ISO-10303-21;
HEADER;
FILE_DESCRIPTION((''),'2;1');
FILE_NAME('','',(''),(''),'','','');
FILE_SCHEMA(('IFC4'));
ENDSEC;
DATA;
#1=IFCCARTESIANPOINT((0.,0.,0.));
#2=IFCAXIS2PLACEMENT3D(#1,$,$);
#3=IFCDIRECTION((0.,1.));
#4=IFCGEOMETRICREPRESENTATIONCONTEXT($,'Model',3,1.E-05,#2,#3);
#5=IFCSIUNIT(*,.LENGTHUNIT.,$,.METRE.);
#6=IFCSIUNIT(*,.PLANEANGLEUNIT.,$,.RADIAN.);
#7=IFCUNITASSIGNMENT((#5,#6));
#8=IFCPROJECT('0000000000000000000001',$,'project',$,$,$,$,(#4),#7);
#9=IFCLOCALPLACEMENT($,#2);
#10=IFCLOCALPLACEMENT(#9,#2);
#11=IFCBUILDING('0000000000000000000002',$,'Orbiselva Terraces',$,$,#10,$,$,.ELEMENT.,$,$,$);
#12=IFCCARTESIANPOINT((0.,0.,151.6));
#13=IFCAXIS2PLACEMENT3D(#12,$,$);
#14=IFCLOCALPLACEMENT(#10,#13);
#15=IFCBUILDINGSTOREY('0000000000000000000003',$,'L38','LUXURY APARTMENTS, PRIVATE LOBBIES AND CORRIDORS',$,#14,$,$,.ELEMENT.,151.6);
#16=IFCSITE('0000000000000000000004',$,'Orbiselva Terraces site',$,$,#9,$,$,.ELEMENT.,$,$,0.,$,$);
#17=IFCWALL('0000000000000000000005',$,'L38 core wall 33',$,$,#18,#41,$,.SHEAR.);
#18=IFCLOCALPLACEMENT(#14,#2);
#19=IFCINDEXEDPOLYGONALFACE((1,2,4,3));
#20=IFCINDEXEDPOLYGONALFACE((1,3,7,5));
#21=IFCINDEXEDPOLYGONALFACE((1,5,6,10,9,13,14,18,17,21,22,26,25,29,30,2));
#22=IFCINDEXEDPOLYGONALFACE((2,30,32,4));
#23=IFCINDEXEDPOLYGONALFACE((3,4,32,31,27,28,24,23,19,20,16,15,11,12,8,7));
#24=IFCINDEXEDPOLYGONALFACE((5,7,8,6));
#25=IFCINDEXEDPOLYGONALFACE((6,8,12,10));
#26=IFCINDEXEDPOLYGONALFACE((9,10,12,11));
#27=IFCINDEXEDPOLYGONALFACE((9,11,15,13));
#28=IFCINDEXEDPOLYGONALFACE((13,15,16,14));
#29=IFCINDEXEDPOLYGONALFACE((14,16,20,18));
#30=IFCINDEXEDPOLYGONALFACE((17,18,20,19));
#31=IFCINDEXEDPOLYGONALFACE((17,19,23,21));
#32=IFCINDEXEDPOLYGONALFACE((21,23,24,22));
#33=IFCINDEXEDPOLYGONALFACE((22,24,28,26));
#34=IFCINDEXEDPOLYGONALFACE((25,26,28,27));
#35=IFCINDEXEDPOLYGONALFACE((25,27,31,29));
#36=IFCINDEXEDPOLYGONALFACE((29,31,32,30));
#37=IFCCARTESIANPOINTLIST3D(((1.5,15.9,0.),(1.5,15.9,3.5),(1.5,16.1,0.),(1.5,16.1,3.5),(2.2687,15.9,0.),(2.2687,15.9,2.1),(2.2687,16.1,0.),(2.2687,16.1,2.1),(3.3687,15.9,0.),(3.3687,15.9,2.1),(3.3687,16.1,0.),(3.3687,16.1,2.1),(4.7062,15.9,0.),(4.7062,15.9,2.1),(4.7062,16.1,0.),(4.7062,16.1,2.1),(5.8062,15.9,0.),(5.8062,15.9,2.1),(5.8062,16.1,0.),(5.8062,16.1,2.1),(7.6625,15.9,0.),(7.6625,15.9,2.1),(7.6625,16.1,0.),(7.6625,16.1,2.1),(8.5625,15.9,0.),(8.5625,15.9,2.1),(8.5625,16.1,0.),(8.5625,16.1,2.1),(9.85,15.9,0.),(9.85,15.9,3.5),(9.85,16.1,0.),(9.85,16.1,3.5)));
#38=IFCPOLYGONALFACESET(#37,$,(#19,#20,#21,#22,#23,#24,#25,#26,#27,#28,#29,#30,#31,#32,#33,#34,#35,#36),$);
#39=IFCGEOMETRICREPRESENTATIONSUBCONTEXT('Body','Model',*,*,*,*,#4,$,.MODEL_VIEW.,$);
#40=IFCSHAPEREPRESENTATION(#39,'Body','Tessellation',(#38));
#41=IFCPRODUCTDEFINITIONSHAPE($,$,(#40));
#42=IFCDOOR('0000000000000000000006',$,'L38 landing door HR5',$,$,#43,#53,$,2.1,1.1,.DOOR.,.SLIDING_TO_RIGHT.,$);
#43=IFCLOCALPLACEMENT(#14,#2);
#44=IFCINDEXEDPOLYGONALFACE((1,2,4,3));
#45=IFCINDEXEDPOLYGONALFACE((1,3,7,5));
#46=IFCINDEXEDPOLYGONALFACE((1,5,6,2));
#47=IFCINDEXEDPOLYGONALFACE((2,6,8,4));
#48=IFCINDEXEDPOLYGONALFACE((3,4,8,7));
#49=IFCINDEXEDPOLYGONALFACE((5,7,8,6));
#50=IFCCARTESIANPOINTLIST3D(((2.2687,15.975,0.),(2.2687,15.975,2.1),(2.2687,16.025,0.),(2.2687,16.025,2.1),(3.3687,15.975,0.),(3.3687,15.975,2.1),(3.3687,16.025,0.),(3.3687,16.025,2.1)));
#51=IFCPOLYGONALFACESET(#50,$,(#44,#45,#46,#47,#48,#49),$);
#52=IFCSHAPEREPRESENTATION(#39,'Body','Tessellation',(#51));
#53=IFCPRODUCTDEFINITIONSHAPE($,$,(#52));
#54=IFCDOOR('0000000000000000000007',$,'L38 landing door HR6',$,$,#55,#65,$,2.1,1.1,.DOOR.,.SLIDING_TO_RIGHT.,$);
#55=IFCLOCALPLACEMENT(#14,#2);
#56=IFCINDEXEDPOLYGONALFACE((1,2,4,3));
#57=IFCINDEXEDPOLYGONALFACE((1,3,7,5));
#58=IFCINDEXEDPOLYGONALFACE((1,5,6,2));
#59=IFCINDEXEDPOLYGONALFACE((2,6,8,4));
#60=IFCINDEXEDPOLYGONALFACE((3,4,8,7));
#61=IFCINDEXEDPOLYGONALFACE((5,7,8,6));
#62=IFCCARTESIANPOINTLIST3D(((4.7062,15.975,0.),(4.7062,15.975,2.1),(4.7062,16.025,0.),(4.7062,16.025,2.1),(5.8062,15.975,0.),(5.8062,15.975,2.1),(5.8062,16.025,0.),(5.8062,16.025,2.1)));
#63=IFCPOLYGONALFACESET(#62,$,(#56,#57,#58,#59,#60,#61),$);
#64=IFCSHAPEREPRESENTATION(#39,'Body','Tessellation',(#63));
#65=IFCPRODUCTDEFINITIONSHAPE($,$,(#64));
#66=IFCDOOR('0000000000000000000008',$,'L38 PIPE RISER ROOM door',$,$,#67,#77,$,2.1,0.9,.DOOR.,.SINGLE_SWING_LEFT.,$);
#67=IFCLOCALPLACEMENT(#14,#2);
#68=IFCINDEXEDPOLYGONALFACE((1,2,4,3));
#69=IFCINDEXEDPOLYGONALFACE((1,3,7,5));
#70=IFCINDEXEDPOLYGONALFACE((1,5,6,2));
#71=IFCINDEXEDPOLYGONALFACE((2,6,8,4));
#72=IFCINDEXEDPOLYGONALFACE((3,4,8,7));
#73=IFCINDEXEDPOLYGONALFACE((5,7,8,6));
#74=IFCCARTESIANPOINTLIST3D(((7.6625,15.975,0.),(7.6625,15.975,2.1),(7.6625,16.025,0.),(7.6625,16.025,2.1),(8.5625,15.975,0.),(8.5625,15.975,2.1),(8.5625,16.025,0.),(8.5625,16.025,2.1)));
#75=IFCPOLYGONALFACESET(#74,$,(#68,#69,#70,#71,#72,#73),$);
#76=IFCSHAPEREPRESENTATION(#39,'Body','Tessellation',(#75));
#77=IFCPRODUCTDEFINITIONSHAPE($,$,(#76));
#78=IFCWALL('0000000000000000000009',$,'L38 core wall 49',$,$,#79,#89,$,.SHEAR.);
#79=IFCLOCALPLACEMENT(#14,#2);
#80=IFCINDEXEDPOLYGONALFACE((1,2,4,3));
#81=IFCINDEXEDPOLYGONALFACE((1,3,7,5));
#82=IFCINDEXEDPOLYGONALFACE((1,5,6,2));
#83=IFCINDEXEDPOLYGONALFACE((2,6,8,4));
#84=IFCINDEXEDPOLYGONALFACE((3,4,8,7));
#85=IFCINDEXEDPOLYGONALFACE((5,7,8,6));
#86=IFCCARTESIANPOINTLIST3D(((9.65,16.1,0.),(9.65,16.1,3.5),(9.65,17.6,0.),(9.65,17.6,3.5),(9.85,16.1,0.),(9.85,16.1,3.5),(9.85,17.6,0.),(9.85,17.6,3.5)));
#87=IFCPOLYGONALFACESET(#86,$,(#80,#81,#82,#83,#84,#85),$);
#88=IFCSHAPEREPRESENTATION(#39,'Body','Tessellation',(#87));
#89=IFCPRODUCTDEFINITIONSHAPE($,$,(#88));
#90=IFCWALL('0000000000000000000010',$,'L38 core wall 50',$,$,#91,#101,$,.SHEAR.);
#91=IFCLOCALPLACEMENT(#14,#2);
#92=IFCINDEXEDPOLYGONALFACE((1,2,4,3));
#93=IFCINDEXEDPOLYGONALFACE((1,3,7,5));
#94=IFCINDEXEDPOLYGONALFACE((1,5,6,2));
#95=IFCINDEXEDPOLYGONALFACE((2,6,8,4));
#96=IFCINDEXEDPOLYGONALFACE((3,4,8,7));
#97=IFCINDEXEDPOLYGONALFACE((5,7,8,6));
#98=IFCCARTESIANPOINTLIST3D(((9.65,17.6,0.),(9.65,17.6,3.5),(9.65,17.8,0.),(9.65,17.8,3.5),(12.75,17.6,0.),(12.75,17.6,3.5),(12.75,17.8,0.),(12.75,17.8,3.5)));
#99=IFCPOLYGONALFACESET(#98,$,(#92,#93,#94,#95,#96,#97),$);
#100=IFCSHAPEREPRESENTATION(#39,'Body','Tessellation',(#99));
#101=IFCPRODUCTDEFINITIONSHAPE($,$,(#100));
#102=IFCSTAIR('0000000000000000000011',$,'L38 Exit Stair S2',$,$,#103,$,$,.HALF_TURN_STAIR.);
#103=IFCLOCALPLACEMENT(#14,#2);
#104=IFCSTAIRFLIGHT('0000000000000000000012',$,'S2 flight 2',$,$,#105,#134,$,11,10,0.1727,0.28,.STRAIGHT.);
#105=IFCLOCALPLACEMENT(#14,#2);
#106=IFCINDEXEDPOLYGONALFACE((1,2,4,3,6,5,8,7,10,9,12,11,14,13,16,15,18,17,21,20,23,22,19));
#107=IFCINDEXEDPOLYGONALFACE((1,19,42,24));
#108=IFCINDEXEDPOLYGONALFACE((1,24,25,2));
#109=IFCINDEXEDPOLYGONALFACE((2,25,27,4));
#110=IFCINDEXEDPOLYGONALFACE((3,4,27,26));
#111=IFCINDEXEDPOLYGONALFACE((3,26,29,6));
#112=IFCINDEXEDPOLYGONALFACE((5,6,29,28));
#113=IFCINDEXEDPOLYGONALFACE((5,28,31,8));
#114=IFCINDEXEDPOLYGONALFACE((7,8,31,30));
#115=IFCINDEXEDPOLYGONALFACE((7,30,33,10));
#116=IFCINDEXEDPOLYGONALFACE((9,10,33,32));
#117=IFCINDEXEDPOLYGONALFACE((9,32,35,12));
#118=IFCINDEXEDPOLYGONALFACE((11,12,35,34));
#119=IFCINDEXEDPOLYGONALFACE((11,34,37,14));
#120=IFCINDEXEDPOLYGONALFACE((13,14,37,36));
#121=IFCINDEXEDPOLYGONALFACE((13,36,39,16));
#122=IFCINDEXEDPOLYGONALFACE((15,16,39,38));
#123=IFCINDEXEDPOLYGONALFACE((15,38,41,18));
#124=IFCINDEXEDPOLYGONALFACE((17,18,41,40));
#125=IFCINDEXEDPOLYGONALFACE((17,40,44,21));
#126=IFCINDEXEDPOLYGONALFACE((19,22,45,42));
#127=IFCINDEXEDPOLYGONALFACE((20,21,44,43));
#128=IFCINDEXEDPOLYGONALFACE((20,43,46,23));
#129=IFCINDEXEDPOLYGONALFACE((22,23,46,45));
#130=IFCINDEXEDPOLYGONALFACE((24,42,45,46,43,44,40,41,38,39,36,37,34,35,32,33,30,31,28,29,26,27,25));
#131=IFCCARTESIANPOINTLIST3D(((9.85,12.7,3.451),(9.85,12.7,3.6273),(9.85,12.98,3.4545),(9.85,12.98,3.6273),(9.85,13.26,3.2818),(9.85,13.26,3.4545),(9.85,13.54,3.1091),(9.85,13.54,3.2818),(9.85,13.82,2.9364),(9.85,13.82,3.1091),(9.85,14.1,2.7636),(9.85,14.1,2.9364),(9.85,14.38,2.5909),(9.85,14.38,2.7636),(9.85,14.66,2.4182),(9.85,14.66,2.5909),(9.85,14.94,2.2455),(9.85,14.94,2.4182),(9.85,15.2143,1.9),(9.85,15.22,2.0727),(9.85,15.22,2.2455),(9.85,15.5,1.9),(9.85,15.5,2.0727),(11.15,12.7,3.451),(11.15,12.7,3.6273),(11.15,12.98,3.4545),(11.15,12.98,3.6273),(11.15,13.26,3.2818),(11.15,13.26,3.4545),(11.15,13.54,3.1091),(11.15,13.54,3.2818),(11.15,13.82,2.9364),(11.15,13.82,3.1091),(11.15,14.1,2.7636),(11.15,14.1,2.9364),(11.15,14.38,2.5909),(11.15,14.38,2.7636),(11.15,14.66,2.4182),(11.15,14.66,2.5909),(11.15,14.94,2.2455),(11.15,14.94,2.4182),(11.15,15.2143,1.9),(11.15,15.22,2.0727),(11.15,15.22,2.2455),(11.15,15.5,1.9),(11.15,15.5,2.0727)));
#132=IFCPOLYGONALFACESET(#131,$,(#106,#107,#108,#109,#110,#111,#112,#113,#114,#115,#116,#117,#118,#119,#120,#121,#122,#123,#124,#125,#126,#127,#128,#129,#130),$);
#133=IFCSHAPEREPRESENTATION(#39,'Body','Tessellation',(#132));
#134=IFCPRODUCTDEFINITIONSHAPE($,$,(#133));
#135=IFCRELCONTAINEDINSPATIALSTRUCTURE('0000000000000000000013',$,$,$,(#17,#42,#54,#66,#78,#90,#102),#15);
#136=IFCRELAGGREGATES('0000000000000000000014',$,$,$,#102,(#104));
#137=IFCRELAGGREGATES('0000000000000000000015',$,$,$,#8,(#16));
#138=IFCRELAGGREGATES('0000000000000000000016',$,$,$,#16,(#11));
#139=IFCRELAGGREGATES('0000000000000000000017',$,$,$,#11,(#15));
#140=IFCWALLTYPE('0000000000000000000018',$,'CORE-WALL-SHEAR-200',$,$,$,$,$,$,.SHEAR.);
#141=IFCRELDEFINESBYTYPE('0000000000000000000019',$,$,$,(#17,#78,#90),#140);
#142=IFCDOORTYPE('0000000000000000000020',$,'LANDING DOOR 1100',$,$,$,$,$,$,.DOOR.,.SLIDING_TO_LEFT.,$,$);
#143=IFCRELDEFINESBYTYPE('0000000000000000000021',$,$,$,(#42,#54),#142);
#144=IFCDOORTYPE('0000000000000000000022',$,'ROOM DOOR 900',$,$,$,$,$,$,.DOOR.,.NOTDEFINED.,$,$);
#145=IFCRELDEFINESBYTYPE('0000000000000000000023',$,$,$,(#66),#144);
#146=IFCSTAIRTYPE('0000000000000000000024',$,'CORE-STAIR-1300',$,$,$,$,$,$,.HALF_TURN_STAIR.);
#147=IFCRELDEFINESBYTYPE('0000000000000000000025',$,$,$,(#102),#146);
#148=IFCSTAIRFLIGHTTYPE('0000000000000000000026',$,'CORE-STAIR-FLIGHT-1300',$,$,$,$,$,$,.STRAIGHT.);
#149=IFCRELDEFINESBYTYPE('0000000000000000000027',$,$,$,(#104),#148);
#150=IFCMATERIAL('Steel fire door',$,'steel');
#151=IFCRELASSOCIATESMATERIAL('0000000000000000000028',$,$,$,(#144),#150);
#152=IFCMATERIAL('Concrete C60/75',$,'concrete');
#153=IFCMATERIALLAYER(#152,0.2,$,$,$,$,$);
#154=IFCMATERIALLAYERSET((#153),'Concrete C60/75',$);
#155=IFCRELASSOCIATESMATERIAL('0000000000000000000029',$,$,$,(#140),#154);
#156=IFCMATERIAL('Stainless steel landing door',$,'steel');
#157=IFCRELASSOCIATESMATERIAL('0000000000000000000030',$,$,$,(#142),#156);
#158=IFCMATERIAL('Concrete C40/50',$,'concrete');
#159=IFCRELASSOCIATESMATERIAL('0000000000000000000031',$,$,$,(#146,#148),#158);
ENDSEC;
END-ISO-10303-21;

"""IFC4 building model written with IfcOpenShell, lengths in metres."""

from ifc_helpers import new_model, si_unit, direction, frame, frame_2d, origin, place, context, subcontext, project, spatial, polyline, rectangle, outline, extrude, material, layer, layer_set, type_object, element, fill, aggregate, save


model = new_model("IFC4")

# Units and contexts
model_context = context("Model", 3, precision=1e-05, world=origin(), true_north=direction((0.0, 1.0)))
body_context = subcontext(model_context, "Body", "Model", "MODEL_VIEW")
ifc_project = project(units=[si_unit("LENGTHUNIT", "METRE"), si_unit("PLANEANGLEUNIT", "RADIAN")], contexts=[model_context])

# Site, building, storey
site_placement = place(None, origin())
site = spatial("IfcSite", under=ifc_project, at=site_placement, Name="Orbiselva Terraces site", CompositionType="ELEMENT", RefElevation=0.0)
building_placement = place(site_placement, origin())
building = spatial("IfcBuilding", under=site, at=building_placement, Name="Orbiselva Terraces", CompositionType="ELEMENT")
storey_placement = place(building_placement, frame((0.0, 0.0, 151.6)))
storey = spatial("IfcBuildingStorey", under=building, at=storey_placement, Name="L38", Description="LUXURY APARTMENTS, PRIVATE LOBBIES AND CORRIDORS", CompositionType="ELEMENT", Elevation=151.6)

# Shared definitions
ifc_material_1 = material(Name="Steel fire door", Category="steel")
door_type_1 = type_object("IfcDoorType", Name="ROOM DOOR 900", OperationType="NOTDEFINED", PredefinedType="DOOR", material=ifc_material_1)

# Shared definitions
ifc_material_2 = material(Name="Concrete C40/50", Category="concrete")
ifc_material_3 = material(Name="Concrete C60/75", Category="concrete")
ifc_layer_1 = layer(ifc_material_3, 0.2)
ifc_layer_set_1 = layer_set([ifc_layer_1], Name="Concrete C60/75")
wall_type_1 = type_object("IfcWallType", Name="CORE-WALL-SHEAR-200", PredefinedType="SHEAR", material=ifc_layer_set_1)

# Wall, openings, doors
wall_1_placement = place(storey_placement, frame((9.85, 16.0, 0.0), z_axis=(0.0, 0.0, 1.0), x_axis=(-1.0, 0.0, 0.0)))
wall_1 = element("IfcWall", 1, at=wall_1_placement, inside=storey, type_object=wall_type_1, Name="L38 core wall 33", PredefinedType="SHEAR", context=body_context, shape_type="SweptSolid", body=[
    extrude(rectangle(XDim=8.35, YDim=0.2, at=frame_2d((4.175, 0.0))), origin(), (0.0, 0.0, 1.0), 3.5),
])
opening_1_placement = place(wall_1_placement, frame((6.4813, 0.0, 0.0)))
opening_1 = element("IfcOpeningElement", 2, at=opening_1_placement, cuts=wall_1, PredefinedType="OPENING", context=body_context, shape_type="SweptSolid", body=[
    extrude(rectangle(XDim=1.1, YDim=2.1, at=frame_2d((0.55, 1.05))), frame((0.0, 0.11, 0.0), z_axis=(0.0, -1.0, 0.0), x_axis=(1.0, 0.0, 0.0)), (0.0, 0.0, 1.0), 0.22),
])
opening_2_placement = place(wall_1_placement, frame((4.0438, 0.0, 0.0)))
opening_2 = element("IfcOpeningElement", 3, at=opening_2_placement, cuts=wall_1, PredefinedType="OPENING", context=body_context, shape_type="SweptSolid", body=[
    extrude(rectangle(XDim=1.1, YDim=2.1, at=frame_2d((0.55, 1.05))), frame((0.0, 0.11, 0.0), z_axis=(0.0, -1.0, 0.0), x_axis=(1.0, 0.0, 0.0)), (0.0, 0.0, 1.0), 0.22),
])
opening_3_placement = place(wall_1_placement, frame((1.2875, 0.0, 0.0)))
opening_3 = element("IfcOpeningElement", 4, at=opening_3_placement, cuts=wall_1, PredefinedType="OPENING", context=body_context, shape_type="SweptSolid", body=[
    extrude(rectangle(XDim=0.9, YDim=2.1, at=frame_2d((0.45, 1.05))), frame((0.0, 0.11, 0.0), z_axis=(0.0, -1.0, 0.0), x_axis=(1.0, 0.0, 0.0)), (0.0, 0.0, 1.0), 0.22),
])
ifc_material_4 = material(Name="Stainless steel landing door", Category="steel")
door_type_2 = type_object("IfcDoorType", Name="LANDING DOOR 1100", OperationType="SLIDING_TO_LEFT", PredefinedType="DOOR", material=ifc_material_4)
door_1_placement = place(opening_1_placement, origin())
door_1 = element("IfcDoor", 5, at=door_1_placement, inside=storey, type_object=door_type_2, Name="L38 landing door HR5", OperationType="SLIDING_TO_RIGHT", OverallHeight=2.1, OverallWidth=1.1, PredefinedType="DOOR", context=body_context, shape_type="SweptSolid", body=[
    extrude(rectangle(XDim=1.1, YDim=2.1, at=frame_2d((0.55, 1.05))), frame((0.0, 0.025, 0.0), z_axis=(0.0, -1.0, 0.0), x_axis=(1.0, 0.0, 0.0)), (0.0, 0.0, 1.0), 0.05),
])
fill(opening_1, door_1)
door_2_placement = place(opening_2_placement, origin())
door_2 = element("IfcDoor", 6, at=door_2_placement, inside=storey, type_object=door_type_2, Name="L38 landing door HR6", OperationType="SLIDING_TO_RIGHT", OverallHeight=2.1, OverallWidth=1.1, PredefinedType="DOOR", context=body_context, shape_type="SweptSolid", body=[
    extrude(rectangle(XDim=1.1, YDim=2.1, at=frame_2d((0.55, 1.05))), frame((0.0, 0.025, 0.0), z_axis=(0.0, -1.0, 0.0), x_axis=(1.0, 0.0, 0.0)), (0.0, 0.0, 1.0), 0.05),
])
fill(opening_2, door_2)
door_3_placement = place(opening_3_placement, origin())
door_3 = element("IfcDoor", 7, at=door_3_placement, inside=storey, type_object=door_type_1, Name="L38 PIPE RISER ROOM door", OperationType="SINGLE_SWING_LEFT", OverallHeight=2.1, OverallWidth=0.9, PredefinedType="DOOR", context=body_context, shape_type="SweptSolid", body=[
    extrude(rectangle(XDim=0.9, YDim=2.1, at=frame_2d((0.45, 1.05))), frame((0.0, 0.025, 0.0), z_axis=(0.0, -1.0, 0.0), x_axis=(1.0, 0.0, 0.0)), (0.0, 0.0, 1.0), 0.05),
])
fill(opening_3, door_3)

# Walls
wall_2_placement = place(storey_placement, frame((9.75, 16.1, 0.0), z_axis=(0.0, 0.0, 1.0), x_axis=(0.0, 1.0, 0.0)))
element("IfcWall", 8, at=wall_2_placement, inside=storey, type_object=wall_type_1, Name="L38 core wall 49", PredefinedType="SHEAR", context=body_context, shape_type="SweptSolid", body=[
    extrude(rectangle(XDim=1.5, YDim=0.2, at=frame_2d((0.75, 0.0))), origin(), (0.0, 0.0, 1.0), 3.5),
])
wall_3_placement = place(storey_placement, frame((9.65, 17.7, 0.0), z_axis=(0.0, 0.0, 1.0), x_axis=(1.0, 0.0, 0.0)))
element("IfcWall", 9, at=wall_3_placement, inside=storey, type_object=wall_type_1, Name="L38 core wall 50", PredefinedType="SHEAR", context=body_context, shape_type="SweptSolid", body=[
    extrude(rectangle(XDim=3.1, YDim=0.2, at=frame_2d((1.55, 0.0))), origin(), (0.0, 0.0, 1.0), 3.5),
])

# Stair, stair flight
stair_type = type_object("IfcStairType", Name="CORE-STAIR-1300", PredefinedType="HALF_TURN_STAIR", material=ifc_material_2)
stair_placement = place(storey_placement, origin())
stair = element("IfcStair", 10, at=stair_placement, inside=storey, type_object=stair_type, Name="L38 Exit Stair S2", PredefinedType="HALF_TURN_STAIR")
stair_flight_type = type_object("IfcStairFlightType", Name="CORE-STAIR-FLIGHT-1300", PredefinedType="STRAIGHT", material=ifc_material_2)
stair_flight_placement = place(storey_placement, frame((10.5, 15.5, 1.9), z_axis=(0.0, 0.0, 1.0), x_axis=(0.0, -1.0, 0.0)))
stair_flight = element("IfcStairFlight", 11, at=stair_flight_placement, type_object=stair_flight_type, Name="S2 flight 2", NumberOfRisers=11, NumberOfTreads=10, PredefinedType="STRAIGHT", RiserHeight=0.1727, TreadLength=0.28, context=body_context, shape_type="SweptSolid", body=[
    extrude(outline(polyline([(0.0, 0.0), (0.0, 0.1727), (0.28, 0.1727), (0.28, 0.3455), (0.56, 0.3455), (0.56, 0.5182), (0.84, 0.5182), (0.84, 0.6909), (1.12, 0.6909), (1.12, 0.8636), (1.4, 0.8636), (1.4, 1.0364), (1.68, 1.0364), (1.68, 1.2091), (1.96, 1.2091), (1.96, 1.3818), (2.24, 1.3818), (2.24, 1.5545), (2.52, 1.5545), (2.52, 1.7273), (2.8, 1.7273), (2.8, 1.9), (2.8, 1.551), (0.2857, 0.0), (0.0, 0.0)])), frame((0.0, 0.65, 0.0), z_axis=(0.0, -1.0, 0.0), x_axis=(1.0, 0.0, 0.0)), (0.0, 0.0, 1.0), 1.3),
])
aggregate(stair, [stair_flight])

save(model, "model.ifc")
